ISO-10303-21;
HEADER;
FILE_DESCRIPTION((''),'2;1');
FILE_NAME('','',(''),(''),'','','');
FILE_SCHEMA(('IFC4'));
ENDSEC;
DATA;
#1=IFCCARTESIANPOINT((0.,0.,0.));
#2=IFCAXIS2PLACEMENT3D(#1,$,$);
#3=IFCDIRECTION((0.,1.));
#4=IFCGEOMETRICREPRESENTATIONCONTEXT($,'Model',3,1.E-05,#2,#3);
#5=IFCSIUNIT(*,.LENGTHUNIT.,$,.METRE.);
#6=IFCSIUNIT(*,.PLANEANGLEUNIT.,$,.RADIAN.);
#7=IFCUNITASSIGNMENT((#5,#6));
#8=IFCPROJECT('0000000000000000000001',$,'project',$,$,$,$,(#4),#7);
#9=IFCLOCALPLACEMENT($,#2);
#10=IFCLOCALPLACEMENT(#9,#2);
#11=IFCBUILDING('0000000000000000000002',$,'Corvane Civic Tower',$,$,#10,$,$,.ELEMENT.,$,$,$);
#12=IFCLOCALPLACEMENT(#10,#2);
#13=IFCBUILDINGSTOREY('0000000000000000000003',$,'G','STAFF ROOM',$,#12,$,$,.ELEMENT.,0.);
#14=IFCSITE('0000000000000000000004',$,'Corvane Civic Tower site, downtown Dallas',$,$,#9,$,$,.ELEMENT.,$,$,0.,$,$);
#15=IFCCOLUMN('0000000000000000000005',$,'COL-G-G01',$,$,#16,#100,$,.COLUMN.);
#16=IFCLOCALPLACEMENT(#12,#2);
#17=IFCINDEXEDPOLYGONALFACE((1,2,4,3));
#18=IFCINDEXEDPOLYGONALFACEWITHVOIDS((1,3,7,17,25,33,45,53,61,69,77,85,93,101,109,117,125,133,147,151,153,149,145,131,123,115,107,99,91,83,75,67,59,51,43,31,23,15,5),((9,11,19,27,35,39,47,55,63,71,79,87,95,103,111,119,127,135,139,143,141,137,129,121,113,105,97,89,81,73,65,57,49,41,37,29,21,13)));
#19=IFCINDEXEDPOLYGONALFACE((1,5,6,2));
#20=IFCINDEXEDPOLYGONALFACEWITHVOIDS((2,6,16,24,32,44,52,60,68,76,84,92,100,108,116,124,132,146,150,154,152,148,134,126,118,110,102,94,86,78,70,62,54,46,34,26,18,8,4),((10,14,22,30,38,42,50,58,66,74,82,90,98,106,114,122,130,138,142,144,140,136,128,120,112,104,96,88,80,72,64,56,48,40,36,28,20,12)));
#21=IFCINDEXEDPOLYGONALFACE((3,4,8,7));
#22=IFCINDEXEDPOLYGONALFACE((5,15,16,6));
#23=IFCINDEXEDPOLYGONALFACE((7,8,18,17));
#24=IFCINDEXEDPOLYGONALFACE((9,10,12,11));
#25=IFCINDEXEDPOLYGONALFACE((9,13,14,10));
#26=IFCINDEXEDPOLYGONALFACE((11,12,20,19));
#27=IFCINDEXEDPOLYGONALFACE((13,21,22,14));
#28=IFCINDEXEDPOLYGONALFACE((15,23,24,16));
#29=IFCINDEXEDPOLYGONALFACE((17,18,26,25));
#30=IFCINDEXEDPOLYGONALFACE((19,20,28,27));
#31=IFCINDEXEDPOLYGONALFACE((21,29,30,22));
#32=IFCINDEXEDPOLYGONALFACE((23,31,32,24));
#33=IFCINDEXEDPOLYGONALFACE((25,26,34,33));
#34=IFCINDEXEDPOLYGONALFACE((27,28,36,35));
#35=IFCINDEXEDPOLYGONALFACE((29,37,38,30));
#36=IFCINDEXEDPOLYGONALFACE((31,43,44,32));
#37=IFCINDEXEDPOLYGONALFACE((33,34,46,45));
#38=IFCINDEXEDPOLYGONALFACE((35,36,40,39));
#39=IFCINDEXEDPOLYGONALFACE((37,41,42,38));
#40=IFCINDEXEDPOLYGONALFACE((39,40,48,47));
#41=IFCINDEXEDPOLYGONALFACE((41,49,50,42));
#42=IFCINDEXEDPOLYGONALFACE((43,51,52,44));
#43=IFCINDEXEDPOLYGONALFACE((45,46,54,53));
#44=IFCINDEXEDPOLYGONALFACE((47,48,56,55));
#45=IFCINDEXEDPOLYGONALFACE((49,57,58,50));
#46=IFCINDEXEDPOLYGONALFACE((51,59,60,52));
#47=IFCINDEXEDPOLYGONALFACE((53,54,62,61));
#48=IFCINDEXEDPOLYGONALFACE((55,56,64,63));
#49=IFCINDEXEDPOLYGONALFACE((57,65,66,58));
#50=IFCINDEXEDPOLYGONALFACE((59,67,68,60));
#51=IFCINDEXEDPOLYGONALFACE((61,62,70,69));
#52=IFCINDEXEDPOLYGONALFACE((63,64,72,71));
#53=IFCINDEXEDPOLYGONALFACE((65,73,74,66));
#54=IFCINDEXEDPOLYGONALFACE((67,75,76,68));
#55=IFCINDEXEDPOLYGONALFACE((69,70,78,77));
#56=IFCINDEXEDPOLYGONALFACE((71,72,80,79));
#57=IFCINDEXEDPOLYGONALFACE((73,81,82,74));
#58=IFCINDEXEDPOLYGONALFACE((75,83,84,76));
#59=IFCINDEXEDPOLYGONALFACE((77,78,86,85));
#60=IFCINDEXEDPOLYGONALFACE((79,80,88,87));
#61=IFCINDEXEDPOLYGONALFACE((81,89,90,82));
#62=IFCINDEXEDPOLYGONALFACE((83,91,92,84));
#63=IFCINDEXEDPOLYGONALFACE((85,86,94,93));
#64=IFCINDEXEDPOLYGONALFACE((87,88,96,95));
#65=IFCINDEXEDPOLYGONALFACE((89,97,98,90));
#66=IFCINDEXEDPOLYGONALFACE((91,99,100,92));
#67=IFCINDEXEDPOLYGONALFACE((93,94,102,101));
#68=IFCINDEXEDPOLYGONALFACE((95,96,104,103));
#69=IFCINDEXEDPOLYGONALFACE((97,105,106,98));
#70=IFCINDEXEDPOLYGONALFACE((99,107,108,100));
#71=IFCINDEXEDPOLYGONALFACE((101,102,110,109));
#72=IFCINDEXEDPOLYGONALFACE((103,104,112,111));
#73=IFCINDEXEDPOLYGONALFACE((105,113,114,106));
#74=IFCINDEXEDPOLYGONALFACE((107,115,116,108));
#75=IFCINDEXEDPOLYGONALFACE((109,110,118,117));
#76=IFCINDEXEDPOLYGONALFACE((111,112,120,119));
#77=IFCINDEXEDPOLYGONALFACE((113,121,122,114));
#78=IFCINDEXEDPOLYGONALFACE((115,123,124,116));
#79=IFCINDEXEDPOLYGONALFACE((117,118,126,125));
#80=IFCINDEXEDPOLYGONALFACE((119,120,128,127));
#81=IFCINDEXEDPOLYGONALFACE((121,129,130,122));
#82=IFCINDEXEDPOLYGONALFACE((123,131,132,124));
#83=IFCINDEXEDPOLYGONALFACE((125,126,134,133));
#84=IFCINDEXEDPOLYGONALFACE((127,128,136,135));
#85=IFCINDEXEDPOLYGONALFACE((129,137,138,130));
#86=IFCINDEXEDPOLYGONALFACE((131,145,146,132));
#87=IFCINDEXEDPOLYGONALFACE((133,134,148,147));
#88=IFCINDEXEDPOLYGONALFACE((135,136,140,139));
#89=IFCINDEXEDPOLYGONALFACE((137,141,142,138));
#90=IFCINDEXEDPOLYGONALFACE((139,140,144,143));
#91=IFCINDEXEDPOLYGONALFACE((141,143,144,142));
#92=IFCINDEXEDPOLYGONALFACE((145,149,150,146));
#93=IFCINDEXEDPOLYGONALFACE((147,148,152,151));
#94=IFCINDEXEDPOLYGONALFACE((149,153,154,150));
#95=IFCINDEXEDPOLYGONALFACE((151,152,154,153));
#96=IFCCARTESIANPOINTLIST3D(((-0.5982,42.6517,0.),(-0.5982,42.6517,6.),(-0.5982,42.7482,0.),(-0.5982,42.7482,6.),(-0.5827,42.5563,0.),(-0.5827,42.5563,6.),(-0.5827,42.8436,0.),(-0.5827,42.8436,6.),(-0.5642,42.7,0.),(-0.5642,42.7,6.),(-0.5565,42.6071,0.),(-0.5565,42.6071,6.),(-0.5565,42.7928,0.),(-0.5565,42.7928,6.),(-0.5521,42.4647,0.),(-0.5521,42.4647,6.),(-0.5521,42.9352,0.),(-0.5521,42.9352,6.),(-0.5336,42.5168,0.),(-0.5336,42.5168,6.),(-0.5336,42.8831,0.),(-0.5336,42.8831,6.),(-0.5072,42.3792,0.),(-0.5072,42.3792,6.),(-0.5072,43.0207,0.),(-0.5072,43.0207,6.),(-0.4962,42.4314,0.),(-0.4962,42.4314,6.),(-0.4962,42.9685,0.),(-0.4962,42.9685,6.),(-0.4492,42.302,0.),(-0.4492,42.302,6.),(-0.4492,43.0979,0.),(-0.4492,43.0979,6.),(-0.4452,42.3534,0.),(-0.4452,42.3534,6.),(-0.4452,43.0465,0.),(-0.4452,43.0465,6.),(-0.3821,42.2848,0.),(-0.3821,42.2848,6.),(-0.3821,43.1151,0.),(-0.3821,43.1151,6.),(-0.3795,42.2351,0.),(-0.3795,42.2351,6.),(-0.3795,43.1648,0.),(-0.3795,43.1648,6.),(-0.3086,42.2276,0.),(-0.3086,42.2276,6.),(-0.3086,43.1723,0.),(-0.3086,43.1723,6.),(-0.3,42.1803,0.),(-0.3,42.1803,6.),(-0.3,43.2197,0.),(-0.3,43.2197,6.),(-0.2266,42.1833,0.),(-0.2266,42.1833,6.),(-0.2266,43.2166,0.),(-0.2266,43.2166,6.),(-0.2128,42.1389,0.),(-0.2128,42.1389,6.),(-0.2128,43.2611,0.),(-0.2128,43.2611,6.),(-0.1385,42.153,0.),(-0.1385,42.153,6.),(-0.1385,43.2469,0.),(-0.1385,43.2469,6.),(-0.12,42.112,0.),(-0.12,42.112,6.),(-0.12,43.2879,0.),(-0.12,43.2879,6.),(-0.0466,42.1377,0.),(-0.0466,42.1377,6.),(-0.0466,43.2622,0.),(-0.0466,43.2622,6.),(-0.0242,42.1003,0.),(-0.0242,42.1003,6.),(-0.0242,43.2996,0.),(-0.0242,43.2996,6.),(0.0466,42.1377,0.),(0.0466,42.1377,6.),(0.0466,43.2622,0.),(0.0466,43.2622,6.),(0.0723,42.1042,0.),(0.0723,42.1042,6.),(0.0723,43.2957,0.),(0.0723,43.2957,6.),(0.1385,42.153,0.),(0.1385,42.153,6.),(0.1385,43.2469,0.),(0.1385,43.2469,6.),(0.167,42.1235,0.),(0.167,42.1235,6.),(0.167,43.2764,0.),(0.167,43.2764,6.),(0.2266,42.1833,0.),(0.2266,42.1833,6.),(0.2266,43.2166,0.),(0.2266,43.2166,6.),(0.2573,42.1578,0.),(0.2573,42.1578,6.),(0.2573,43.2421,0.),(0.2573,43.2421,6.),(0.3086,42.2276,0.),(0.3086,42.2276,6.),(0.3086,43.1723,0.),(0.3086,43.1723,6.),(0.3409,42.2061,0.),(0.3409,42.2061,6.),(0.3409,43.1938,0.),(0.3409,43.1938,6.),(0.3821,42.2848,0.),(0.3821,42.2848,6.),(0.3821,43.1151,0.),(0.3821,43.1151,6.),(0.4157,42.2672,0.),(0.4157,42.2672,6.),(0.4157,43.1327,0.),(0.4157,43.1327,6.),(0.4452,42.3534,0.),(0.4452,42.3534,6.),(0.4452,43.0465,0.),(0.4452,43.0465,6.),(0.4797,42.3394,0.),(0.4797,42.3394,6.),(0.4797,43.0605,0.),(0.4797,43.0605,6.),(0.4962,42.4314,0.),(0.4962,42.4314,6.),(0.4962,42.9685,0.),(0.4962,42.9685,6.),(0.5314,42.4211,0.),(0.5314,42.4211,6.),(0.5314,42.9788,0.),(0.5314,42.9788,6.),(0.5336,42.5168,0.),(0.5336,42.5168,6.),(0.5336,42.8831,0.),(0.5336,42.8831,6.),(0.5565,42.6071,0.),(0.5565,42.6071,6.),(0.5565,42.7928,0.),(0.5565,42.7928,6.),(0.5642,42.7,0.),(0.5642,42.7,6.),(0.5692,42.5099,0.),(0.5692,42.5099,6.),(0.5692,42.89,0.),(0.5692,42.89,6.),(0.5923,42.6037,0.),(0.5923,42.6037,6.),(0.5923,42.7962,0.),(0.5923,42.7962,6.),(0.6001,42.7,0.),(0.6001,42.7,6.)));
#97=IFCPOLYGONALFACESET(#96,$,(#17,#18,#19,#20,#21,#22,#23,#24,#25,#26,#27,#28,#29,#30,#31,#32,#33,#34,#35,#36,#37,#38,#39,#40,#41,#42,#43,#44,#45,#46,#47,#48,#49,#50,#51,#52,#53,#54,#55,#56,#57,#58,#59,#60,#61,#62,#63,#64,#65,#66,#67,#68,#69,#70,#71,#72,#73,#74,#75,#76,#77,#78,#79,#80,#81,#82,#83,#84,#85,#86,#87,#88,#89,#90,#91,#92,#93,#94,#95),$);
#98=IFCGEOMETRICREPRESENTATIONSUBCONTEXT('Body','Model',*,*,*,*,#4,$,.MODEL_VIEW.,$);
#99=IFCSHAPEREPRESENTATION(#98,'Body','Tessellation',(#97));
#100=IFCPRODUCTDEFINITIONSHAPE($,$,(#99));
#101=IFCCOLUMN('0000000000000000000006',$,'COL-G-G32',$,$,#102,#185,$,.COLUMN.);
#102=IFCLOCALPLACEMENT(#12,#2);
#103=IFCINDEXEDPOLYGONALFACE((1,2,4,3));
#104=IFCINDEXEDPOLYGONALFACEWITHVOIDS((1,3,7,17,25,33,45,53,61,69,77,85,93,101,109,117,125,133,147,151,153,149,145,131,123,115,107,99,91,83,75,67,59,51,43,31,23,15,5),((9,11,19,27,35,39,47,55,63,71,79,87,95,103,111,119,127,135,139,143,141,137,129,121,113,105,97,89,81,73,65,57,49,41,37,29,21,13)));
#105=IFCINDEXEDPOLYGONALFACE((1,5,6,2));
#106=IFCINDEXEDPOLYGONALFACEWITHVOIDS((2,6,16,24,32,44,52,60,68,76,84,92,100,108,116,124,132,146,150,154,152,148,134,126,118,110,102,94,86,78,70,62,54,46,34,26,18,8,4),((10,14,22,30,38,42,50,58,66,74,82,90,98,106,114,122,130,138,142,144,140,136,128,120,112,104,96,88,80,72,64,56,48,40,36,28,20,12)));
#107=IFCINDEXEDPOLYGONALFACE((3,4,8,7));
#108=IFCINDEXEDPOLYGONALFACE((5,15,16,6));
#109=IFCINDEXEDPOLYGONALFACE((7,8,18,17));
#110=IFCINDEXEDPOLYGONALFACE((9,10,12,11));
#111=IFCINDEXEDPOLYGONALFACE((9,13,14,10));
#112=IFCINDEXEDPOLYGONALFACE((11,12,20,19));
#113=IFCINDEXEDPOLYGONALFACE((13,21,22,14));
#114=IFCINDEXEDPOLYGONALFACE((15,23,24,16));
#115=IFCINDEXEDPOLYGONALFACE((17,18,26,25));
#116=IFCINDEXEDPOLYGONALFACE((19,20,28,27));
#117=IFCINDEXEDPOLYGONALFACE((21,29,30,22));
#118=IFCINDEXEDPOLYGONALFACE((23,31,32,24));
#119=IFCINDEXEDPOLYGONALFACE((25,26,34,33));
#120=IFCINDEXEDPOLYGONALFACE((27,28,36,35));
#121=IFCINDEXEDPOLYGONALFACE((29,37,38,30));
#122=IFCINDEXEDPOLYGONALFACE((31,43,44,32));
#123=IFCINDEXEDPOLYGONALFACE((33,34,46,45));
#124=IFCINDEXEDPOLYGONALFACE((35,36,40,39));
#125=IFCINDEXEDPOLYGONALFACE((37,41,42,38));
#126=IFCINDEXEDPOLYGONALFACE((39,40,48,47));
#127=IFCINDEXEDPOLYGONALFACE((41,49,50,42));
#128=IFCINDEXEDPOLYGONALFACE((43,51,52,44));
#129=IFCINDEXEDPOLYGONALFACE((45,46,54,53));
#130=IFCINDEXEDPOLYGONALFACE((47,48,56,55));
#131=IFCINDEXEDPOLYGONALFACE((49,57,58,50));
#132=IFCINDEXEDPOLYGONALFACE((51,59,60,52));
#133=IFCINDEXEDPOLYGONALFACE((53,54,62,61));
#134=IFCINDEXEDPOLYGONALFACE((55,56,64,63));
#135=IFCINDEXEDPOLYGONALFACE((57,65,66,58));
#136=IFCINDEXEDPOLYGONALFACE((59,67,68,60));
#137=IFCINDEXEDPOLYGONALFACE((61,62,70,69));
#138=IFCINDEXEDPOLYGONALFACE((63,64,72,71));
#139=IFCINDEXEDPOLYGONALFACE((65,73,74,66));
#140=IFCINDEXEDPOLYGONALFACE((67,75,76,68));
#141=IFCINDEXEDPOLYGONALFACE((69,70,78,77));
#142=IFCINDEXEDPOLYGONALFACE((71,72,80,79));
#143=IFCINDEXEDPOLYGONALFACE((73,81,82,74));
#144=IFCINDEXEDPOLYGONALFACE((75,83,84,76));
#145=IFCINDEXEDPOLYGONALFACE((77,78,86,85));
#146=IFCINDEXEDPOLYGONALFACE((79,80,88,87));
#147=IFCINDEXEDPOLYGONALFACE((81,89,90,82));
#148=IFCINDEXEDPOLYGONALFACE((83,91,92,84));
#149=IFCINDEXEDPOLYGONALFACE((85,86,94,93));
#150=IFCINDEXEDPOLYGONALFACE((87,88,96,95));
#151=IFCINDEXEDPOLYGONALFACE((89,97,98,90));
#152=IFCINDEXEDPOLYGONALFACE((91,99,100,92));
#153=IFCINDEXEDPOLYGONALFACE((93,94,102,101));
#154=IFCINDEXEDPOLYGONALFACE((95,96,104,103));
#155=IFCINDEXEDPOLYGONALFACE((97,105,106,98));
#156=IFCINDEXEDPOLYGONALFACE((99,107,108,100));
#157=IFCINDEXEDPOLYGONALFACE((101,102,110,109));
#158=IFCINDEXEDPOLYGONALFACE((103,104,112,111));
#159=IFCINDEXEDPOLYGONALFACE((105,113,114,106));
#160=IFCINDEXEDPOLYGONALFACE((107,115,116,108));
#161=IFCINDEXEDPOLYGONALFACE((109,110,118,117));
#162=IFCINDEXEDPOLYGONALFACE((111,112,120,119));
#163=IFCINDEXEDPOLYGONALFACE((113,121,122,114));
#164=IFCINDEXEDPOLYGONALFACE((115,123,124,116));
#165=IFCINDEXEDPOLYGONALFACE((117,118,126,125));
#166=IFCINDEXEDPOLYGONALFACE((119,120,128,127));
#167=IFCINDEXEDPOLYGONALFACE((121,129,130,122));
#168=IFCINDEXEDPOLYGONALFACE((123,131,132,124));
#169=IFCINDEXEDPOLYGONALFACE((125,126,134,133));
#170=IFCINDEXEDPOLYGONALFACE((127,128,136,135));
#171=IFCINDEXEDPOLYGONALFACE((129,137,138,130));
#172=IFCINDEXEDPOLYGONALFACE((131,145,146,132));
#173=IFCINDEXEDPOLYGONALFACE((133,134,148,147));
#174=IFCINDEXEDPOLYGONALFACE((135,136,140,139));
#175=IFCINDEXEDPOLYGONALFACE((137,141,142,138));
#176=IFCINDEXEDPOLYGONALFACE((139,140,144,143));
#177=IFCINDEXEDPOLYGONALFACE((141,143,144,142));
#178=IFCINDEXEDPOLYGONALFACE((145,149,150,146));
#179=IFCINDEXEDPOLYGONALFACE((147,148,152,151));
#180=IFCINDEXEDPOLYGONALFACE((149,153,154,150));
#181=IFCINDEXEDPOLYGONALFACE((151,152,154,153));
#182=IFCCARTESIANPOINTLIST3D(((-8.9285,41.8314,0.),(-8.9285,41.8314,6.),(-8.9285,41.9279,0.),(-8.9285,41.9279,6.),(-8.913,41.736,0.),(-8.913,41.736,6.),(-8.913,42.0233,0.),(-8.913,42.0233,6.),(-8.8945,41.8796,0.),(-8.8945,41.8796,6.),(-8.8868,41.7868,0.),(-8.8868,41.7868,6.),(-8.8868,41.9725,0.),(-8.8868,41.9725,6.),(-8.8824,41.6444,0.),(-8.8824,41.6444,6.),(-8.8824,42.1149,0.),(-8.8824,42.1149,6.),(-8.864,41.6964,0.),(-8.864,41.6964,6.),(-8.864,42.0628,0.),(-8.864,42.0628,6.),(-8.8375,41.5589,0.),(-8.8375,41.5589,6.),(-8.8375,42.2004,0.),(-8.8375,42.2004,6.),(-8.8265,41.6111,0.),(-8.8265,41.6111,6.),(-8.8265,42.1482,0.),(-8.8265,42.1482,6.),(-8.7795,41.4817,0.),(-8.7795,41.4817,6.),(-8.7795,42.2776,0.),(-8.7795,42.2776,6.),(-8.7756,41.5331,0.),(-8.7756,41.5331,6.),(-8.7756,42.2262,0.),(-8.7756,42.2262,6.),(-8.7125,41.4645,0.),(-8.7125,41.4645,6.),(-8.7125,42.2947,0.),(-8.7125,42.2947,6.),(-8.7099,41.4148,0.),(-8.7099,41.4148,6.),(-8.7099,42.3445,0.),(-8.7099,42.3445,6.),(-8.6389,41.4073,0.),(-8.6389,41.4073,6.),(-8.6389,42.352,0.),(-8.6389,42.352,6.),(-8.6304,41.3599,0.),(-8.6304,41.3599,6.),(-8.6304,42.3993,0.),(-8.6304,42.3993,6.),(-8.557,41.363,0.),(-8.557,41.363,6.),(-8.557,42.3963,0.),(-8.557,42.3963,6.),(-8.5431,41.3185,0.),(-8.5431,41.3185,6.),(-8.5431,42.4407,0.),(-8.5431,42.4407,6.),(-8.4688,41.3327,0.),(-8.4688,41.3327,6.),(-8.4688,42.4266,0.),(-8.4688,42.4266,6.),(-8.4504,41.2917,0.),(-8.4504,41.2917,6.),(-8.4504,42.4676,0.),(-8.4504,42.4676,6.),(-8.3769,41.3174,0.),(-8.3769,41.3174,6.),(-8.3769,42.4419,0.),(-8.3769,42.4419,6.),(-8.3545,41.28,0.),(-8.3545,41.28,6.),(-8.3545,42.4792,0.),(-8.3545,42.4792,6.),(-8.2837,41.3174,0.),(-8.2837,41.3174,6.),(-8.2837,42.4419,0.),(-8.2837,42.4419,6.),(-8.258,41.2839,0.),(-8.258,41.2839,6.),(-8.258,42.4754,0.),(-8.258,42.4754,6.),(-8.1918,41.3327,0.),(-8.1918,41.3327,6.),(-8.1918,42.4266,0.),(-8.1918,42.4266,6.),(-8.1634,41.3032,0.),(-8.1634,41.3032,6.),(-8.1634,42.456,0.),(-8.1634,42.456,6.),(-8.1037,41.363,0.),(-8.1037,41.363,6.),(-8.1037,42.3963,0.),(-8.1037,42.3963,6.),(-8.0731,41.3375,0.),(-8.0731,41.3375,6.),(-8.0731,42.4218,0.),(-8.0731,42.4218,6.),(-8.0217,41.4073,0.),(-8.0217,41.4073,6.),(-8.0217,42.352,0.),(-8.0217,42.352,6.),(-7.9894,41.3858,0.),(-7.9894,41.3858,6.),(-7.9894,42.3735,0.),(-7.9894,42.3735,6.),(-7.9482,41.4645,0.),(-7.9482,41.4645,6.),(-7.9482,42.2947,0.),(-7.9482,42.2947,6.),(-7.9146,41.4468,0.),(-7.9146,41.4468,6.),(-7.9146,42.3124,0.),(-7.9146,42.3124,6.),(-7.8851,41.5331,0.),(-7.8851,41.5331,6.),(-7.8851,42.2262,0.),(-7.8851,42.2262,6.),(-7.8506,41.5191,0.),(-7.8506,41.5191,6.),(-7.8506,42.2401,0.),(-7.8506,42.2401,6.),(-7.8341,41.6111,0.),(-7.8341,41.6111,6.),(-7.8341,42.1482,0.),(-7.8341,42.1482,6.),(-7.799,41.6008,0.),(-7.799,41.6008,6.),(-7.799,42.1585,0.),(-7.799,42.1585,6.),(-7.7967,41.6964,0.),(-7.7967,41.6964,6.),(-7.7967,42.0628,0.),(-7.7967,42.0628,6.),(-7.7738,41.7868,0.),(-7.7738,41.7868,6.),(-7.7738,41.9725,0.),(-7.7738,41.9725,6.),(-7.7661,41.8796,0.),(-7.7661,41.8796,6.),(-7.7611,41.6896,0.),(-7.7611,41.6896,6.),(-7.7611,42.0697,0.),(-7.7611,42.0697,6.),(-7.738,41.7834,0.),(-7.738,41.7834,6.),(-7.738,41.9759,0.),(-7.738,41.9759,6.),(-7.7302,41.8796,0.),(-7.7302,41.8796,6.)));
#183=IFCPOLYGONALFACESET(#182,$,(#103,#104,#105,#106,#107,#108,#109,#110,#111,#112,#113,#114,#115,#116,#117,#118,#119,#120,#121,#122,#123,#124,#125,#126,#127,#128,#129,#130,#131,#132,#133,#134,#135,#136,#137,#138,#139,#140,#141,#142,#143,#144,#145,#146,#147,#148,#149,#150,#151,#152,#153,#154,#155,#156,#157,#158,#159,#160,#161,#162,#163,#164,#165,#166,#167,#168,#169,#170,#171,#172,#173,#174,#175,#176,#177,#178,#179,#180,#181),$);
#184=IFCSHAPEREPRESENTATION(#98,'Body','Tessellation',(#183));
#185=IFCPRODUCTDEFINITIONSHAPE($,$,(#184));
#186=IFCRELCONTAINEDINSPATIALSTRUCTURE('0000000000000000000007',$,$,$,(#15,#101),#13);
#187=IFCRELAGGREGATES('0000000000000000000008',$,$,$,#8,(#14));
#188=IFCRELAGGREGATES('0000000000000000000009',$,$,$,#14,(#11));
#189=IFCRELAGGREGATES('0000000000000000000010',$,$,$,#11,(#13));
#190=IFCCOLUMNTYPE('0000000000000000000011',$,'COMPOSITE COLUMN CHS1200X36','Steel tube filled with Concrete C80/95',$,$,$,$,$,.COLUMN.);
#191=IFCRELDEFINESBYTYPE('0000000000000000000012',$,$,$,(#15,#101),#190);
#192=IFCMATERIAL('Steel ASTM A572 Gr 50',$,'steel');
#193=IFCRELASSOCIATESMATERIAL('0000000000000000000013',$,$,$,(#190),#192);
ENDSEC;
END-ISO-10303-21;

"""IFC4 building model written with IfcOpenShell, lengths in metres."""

from ifc_helpers import new_model, si_unit, direction, frame, origin, origin_2d, place, context, subcontext, project, spatial, hollow_circle, extrude, material, material_profile, profile_set, type_object, element, save


model = new_model("IFC4")

# Units and contexts
model_context = context("Model", 3, precision=1e-05, world=origin(), true_north=direction((0.0, 1.0)))
body_context = subcontext(model_context, "Body", "Model", "MODEL_VIEW")
ifc_project = project(units=[si_unit("LENGTHUNIT", "METRE"), si_unit("PLANEANGLEUNIT", "RADIAN")], contexts=[model_context])

# Site, building, storey
site_placement = place(None, origin())
site = spatial("IfcSite", under=ifc_project, at=site_placement, Name="Corvane Civic Tower site, downtown Dallas", CompositionType="ELEMENT", RefElevation=0.0)
building_placement = place(site_placement, origin())
building = spatial("IfcBuilding", under=site, at=building_placement, Name="Corvane Civic Tower", CompositionType="ELEMENT")
storey_placement = place(building_placement, origin())
storey = spatial("IfcBuildingStorey", under=building, at=storey_placement, Name="G", Description="STAFF ROOM", CompositionType="ELEMENT", Elevation=0.0)

# Columns
ifc_material_1 = material(Name="Steel ASTM A572 Gr 50", Category="steel")
ifc_material_profile_1 = material_profile(ifc_material_1, hollow_circle(Radius=0.6001, WallThickness=0.0359, at=origin_2d()), Name="CHS1200X36")
ifc_profile_set_1 = profile_set([ifc_material_profile_1], Name="Steel ASTM A572 Gr 50")
column_type_1 = type_object("IfcColumnType", Name="COMPOSITE COLUMN CHS1200X36", Description="Steel tube filled with Concrete C80/95", PredefinedType="COLUMN", material=ifc_profile_set_1)
for number, where, z_axis, x_axis, name in (
    (1, (0.0, 42.7, 0.0), (0.0, 0.0, 1.0), (1.0, 0.0, 0.0), "COL-G-G01"),
    (2, (-8.3303, 41.8796, 0.0), (0.0, 0.0, 1.0), (1.0, 0.0, 0.0), "COL-G-G32"),
):
    element("IfcColumn", number, at=place(storey_placement, frame(where, z_axis=z_axis, x_axis=x_axis)), inside=storey, type_object=column_type_1, Name=name, PredefinedType="COLUMN", context=body_context, shape_type="SweptSolid", body=[
        extrude(hollow_circle(Radius=0.6001, WallThickness=0.0359, at=origin_2d()), origin(), (0.0, 0.0, 1.0), 6.0),
    ])

save(model, "model.ifc")
